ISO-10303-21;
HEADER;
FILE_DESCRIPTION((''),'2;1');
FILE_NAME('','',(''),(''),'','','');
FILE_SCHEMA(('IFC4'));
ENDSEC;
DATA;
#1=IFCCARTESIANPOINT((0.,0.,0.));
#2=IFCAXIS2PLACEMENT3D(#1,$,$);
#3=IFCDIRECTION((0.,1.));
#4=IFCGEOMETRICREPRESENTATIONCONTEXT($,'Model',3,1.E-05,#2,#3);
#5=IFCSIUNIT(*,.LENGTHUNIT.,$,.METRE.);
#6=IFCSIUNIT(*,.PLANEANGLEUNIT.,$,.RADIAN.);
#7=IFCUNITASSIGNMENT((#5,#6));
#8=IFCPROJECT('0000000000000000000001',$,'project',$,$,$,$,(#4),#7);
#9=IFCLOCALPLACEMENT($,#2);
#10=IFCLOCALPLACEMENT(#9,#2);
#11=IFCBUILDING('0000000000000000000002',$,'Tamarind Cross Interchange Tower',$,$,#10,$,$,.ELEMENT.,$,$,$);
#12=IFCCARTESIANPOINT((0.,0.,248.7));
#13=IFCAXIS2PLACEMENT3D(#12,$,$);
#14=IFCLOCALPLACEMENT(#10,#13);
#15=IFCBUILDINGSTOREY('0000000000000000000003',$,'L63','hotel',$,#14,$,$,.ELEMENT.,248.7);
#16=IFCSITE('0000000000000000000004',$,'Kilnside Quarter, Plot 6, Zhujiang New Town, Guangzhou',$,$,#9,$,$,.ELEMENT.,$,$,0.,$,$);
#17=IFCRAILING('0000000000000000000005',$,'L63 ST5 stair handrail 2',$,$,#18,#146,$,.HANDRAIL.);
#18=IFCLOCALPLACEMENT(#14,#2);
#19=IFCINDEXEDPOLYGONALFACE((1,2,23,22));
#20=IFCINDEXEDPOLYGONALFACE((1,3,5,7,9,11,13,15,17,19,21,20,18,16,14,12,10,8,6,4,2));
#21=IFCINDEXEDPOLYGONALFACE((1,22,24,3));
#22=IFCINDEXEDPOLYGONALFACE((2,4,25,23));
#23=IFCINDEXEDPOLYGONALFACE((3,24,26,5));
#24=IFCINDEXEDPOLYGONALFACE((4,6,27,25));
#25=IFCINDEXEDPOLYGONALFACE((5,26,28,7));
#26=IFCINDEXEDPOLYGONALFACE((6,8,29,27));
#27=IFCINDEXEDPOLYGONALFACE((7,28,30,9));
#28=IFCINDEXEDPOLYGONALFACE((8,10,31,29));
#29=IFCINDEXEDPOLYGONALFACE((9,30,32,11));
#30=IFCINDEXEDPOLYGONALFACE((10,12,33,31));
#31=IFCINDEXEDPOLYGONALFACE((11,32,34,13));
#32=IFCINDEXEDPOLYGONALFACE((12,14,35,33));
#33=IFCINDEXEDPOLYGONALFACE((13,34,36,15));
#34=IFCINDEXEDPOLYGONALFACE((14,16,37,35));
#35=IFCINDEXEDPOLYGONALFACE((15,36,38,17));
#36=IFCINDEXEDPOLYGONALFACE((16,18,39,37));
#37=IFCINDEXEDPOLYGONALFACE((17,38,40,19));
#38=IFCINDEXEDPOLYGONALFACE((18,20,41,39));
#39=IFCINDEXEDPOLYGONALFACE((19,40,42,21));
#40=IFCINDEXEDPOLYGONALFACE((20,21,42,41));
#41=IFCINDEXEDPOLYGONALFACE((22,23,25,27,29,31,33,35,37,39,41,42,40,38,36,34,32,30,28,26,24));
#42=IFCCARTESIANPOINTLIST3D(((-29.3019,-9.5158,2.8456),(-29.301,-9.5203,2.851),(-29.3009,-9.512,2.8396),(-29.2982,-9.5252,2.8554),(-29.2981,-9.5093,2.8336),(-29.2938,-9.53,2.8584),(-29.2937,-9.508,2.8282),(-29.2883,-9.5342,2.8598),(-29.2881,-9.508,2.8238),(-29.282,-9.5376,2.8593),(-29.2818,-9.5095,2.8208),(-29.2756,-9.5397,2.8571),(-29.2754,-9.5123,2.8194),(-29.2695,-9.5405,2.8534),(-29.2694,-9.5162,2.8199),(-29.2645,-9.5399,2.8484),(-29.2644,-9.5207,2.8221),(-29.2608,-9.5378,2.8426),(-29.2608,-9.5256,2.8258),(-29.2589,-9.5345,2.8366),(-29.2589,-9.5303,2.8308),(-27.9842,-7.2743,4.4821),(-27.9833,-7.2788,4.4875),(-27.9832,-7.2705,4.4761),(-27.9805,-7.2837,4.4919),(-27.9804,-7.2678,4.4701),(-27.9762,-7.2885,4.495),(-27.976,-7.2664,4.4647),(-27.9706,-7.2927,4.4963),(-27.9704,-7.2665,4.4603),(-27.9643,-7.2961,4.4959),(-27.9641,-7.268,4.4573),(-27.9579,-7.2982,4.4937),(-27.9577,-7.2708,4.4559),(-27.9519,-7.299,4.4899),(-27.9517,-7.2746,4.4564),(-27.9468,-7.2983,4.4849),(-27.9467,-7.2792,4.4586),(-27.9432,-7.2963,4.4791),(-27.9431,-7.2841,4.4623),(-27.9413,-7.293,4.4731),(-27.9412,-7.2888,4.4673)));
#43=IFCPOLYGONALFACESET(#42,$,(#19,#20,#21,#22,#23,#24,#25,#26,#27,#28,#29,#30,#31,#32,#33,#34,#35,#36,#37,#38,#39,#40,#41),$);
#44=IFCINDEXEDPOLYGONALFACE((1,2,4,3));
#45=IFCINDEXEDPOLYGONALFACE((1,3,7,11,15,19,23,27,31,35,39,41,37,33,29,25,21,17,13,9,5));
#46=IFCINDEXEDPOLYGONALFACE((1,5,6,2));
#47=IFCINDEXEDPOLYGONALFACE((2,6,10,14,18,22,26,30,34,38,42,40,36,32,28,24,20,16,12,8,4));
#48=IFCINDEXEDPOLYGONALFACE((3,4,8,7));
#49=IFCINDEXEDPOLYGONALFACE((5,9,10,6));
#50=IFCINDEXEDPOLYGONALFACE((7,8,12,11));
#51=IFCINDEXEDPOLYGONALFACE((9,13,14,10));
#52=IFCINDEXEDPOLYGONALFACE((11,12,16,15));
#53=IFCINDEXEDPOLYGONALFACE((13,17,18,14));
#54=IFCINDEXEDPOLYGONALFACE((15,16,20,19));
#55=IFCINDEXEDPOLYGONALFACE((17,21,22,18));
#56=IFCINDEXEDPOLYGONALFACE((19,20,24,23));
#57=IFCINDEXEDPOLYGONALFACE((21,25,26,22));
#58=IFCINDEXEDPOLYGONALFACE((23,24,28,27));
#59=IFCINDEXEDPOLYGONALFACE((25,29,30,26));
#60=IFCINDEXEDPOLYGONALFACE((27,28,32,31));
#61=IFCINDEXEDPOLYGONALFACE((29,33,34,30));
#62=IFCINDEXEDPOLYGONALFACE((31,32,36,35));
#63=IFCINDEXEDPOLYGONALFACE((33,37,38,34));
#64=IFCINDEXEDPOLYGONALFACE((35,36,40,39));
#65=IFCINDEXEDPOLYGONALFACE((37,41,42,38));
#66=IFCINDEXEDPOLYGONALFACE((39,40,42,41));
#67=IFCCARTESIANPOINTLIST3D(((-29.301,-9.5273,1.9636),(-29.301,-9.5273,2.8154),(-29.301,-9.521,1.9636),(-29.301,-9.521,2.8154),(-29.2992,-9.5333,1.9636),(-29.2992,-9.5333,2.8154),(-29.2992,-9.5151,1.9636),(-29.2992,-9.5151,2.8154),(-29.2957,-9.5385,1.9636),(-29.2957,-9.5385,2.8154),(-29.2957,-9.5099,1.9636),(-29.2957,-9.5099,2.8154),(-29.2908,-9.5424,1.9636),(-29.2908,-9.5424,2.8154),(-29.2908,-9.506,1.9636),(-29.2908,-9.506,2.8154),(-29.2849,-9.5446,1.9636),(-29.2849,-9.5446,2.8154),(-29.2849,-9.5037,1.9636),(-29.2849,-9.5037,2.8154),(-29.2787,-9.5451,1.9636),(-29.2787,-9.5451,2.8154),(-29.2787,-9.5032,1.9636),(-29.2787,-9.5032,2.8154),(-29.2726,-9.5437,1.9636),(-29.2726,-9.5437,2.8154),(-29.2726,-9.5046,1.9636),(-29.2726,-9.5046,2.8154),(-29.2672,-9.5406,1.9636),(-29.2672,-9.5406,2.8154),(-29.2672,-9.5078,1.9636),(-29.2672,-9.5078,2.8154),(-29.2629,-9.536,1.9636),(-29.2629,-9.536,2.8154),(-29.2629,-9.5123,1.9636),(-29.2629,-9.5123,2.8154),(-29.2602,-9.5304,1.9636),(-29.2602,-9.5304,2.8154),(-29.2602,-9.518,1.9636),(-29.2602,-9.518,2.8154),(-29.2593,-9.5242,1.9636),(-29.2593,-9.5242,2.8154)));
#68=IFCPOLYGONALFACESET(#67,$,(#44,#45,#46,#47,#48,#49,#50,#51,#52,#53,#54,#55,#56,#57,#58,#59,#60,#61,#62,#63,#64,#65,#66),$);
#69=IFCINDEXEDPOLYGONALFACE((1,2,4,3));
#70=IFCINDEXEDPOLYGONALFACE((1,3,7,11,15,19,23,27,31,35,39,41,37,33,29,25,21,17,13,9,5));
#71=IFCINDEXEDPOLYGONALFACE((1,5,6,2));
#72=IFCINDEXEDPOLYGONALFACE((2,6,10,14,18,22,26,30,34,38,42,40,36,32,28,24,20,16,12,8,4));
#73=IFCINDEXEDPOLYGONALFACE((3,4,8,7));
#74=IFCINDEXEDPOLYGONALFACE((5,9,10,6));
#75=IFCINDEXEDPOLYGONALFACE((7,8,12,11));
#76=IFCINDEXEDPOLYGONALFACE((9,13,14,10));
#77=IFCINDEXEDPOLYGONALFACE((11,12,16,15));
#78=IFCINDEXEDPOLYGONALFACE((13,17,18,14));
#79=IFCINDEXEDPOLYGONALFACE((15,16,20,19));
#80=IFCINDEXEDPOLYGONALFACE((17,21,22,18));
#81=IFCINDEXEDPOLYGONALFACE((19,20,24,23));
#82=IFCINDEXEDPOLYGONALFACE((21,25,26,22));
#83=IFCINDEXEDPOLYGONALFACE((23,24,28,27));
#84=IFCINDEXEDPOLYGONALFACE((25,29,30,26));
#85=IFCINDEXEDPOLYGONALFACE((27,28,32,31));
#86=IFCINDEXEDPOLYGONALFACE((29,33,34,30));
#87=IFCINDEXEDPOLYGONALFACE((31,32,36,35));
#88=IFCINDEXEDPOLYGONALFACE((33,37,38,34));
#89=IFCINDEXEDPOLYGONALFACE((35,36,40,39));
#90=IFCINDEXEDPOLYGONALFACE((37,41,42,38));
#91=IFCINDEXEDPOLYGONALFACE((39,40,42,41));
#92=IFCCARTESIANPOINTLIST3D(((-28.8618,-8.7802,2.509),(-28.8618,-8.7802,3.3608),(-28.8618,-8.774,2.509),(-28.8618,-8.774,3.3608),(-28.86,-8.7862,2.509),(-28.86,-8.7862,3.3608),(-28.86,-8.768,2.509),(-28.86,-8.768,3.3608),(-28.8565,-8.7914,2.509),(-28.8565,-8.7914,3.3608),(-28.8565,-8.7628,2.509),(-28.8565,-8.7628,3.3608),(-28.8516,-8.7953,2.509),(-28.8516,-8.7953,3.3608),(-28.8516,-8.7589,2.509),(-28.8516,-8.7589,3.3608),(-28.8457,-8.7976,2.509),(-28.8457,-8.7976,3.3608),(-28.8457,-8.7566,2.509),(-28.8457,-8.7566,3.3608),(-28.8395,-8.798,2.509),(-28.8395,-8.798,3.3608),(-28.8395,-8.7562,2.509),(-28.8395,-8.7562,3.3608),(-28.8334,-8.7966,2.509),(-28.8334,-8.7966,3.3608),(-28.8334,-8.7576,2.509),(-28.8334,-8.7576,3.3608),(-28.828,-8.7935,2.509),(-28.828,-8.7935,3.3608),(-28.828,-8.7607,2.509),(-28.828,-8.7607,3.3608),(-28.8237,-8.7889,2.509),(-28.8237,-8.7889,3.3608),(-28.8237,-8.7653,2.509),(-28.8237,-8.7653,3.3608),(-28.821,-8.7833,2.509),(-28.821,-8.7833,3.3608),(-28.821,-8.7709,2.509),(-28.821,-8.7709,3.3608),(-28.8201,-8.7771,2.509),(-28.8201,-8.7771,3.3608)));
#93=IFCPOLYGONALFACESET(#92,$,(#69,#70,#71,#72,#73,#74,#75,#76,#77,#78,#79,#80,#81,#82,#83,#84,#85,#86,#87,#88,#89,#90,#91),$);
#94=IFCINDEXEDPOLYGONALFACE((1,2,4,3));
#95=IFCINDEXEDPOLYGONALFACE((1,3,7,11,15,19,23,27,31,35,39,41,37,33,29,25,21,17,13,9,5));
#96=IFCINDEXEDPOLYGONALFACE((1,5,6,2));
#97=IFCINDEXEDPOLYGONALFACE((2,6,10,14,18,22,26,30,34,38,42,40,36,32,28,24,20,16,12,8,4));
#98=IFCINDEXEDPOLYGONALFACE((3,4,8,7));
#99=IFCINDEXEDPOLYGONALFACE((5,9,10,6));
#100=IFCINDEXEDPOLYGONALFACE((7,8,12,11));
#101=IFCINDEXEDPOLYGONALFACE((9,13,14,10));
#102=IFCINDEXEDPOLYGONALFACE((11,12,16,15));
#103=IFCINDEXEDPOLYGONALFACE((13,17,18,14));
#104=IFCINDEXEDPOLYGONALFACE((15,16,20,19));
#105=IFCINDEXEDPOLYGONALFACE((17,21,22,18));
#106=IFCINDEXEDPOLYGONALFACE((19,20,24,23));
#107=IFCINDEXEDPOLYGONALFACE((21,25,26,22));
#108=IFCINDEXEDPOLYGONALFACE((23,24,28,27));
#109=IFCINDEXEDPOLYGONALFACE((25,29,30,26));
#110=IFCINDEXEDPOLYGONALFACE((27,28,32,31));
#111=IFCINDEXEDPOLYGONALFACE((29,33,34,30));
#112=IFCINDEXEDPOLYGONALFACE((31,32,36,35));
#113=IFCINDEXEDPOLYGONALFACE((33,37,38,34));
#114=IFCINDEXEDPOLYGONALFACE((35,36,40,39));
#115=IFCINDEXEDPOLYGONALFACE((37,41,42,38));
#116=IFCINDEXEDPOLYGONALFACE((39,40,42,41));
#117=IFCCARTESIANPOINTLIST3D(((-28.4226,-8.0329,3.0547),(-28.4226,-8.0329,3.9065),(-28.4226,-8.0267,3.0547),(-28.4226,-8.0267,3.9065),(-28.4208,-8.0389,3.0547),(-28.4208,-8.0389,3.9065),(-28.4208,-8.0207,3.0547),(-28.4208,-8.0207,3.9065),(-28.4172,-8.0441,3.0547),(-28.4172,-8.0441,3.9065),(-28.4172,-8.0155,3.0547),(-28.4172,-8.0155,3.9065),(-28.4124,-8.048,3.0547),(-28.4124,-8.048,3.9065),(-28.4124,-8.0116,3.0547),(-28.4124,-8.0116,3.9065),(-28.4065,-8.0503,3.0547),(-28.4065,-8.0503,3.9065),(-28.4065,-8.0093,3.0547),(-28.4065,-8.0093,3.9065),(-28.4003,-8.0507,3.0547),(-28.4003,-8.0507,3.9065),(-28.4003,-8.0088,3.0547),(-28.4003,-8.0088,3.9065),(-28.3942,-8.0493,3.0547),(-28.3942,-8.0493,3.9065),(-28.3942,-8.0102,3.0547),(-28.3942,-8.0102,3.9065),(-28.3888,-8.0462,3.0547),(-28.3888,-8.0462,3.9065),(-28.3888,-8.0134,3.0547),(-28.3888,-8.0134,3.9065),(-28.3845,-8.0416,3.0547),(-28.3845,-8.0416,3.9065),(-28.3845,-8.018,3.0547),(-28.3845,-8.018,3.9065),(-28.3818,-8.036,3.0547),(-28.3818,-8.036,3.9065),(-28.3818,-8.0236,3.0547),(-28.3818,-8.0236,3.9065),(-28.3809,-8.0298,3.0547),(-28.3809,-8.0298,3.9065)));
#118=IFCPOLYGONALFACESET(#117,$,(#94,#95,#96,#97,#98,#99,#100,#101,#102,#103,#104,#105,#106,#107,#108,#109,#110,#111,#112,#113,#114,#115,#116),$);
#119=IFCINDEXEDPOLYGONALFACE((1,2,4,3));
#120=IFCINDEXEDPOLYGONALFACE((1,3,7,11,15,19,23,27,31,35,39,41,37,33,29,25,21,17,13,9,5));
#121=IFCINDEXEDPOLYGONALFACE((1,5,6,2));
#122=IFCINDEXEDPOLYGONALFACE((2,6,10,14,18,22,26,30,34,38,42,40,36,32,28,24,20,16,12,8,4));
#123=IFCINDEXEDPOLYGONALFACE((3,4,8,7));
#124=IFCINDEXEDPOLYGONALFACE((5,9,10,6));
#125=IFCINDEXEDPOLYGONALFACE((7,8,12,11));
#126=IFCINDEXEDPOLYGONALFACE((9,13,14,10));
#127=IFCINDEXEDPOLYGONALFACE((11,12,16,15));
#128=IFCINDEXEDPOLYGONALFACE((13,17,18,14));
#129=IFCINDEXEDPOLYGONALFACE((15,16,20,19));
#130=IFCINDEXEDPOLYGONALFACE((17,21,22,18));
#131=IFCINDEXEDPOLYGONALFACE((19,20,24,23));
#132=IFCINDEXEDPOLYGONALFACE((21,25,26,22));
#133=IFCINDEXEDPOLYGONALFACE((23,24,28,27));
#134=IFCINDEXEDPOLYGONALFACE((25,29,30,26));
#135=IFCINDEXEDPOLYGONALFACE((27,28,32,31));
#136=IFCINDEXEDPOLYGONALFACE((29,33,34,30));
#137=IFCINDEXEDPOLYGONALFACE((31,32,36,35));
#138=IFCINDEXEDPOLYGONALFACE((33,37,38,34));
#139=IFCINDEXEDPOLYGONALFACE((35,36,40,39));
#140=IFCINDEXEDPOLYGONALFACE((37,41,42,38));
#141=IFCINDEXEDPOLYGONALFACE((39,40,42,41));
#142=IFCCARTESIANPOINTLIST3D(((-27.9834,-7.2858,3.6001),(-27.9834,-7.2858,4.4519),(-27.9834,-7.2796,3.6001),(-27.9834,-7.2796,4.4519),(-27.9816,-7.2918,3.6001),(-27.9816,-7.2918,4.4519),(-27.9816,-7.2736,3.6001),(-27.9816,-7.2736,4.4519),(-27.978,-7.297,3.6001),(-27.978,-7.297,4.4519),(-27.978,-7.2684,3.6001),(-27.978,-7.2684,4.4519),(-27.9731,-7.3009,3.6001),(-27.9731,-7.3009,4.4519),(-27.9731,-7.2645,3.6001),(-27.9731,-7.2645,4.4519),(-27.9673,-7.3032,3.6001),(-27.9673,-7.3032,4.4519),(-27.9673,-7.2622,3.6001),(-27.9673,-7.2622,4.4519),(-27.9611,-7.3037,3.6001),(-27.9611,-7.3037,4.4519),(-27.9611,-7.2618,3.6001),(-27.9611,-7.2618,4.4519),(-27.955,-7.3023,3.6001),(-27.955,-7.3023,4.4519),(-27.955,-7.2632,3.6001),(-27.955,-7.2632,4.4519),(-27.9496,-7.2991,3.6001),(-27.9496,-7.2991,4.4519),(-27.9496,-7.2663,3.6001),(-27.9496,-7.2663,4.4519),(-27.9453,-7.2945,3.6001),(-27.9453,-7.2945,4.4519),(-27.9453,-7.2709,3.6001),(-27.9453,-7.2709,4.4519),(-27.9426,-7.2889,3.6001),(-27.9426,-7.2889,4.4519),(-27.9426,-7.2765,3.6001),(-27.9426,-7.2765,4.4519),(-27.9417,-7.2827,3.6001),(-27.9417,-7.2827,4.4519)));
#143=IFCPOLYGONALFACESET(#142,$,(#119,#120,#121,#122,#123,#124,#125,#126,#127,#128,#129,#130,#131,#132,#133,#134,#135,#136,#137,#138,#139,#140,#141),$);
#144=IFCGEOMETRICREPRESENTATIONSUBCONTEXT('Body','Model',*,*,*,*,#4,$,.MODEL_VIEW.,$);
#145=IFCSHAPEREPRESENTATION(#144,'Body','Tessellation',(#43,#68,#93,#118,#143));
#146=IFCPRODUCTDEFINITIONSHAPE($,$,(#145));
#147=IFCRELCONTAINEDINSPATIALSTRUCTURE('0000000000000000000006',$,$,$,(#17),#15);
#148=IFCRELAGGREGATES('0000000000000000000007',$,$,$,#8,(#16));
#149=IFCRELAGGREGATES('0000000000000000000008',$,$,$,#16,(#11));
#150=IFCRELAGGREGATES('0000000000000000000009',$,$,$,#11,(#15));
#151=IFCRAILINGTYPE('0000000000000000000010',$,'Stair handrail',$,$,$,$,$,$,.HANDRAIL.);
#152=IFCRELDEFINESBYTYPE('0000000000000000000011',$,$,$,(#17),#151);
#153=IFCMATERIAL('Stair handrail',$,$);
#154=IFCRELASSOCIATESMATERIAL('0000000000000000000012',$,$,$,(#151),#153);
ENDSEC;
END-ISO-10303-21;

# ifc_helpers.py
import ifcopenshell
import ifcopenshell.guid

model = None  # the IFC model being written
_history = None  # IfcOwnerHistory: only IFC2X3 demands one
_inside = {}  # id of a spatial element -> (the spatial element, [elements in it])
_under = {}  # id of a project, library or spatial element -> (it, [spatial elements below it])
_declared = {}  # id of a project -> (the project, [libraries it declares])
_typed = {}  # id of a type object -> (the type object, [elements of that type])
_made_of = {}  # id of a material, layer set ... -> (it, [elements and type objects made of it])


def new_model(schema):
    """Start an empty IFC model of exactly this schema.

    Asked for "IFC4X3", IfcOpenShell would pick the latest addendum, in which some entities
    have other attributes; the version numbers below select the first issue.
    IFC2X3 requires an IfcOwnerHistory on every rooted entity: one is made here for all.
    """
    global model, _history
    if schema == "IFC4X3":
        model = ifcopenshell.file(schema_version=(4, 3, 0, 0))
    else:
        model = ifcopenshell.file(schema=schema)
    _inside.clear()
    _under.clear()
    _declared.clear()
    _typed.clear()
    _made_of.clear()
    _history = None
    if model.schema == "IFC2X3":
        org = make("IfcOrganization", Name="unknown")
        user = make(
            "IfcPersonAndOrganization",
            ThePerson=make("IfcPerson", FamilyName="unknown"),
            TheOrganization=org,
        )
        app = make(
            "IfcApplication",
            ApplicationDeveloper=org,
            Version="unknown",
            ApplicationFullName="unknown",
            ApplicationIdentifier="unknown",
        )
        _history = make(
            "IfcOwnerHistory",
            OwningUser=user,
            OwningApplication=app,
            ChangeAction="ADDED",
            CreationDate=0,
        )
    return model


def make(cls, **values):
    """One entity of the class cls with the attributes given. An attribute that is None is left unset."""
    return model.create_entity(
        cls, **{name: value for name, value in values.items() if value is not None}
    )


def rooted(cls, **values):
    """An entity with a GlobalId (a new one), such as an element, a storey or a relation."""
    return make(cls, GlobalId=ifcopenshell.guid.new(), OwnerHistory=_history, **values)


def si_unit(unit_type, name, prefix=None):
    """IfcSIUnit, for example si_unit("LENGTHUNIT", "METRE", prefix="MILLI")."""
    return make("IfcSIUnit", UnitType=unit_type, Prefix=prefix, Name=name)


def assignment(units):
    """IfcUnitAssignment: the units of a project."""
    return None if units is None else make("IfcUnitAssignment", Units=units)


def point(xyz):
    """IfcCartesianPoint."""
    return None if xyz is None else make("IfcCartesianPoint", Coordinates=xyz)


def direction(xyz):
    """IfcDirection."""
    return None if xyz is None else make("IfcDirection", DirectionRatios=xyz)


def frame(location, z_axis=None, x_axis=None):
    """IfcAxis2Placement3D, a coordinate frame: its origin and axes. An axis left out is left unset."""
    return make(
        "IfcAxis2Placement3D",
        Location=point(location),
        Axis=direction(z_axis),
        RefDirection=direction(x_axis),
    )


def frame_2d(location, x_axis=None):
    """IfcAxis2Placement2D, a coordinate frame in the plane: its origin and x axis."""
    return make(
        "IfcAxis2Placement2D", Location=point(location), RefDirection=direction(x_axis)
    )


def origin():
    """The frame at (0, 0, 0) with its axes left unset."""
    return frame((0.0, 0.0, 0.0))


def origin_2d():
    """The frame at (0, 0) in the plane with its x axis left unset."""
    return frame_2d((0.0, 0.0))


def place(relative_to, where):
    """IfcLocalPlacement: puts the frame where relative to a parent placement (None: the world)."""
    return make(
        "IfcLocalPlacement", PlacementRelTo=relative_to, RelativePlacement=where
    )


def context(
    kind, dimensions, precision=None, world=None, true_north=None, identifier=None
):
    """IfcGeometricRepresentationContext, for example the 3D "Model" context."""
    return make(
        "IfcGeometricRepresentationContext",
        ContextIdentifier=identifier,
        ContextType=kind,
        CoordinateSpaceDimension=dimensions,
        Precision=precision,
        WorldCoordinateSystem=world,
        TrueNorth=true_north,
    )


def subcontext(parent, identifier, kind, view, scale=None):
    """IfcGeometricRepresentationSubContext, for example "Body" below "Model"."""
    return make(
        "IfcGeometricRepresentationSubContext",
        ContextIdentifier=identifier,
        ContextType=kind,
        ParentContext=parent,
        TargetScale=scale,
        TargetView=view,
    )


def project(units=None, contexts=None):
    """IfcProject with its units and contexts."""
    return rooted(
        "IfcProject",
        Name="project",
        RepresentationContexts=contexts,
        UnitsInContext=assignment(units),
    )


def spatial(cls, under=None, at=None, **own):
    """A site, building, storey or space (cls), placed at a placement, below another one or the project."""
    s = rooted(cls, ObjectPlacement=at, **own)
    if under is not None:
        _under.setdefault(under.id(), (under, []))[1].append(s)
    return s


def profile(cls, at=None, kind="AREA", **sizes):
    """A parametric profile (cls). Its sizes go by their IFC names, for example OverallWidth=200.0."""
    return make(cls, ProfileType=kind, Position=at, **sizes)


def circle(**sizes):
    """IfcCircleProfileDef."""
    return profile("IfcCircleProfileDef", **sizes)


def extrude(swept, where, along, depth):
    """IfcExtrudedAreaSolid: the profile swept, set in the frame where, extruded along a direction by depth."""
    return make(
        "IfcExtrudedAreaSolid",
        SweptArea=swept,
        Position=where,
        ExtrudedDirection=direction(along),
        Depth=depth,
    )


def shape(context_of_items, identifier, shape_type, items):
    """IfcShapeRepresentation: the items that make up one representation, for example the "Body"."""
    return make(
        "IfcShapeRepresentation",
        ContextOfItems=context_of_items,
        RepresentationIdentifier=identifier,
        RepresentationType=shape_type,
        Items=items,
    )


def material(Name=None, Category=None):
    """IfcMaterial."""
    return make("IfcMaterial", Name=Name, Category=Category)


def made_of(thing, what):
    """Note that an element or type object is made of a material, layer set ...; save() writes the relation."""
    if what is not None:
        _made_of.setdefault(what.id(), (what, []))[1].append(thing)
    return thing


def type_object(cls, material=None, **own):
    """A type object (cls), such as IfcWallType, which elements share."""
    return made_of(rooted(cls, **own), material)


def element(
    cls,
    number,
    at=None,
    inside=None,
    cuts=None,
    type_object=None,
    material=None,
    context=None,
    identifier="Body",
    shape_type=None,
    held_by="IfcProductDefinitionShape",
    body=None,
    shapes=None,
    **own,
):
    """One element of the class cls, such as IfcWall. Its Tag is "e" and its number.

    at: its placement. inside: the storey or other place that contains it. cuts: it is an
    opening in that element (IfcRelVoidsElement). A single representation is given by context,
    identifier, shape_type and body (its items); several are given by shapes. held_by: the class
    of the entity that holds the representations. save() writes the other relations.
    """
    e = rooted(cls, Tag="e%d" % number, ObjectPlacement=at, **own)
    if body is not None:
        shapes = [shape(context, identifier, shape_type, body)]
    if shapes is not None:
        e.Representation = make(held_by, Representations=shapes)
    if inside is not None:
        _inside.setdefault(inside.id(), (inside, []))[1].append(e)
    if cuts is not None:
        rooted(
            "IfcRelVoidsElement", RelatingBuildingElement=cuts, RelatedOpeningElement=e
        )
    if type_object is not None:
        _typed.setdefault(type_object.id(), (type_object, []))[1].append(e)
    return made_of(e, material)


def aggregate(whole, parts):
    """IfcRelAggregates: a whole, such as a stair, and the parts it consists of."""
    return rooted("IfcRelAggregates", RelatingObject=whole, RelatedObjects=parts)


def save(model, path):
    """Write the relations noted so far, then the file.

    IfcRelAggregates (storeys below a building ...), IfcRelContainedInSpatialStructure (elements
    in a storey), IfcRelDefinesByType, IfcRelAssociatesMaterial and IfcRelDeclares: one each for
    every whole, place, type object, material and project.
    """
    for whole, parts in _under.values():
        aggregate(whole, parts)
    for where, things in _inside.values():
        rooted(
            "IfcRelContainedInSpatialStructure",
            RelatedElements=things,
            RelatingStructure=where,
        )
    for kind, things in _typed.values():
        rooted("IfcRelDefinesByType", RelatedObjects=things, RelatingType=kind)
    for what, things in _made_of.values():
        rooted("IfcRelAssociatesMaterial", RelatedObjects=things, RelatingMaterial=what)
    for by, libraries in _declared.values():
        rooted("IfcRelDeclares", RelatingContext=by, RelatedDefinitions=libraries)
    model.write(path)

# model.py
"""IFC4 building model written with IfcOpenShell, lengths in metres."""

from ifc_helpers import new_model, si_unit, direction, frame, origin, origin_2d, place, context, subcontext, project, spatial, circle, extrude, material, type_object, element, save


model = new_model("IFC4")

# Units and contexts
model_context = context("Model", 3, precision=1e-05, world=origin(), true_north=direction((0.0, 1.0)))
body_context = subcontext(model_context, "Body", "Model", "MODEL_VIEW")
ifc_project = project(units=[si_unit("LENGTHUNIT", "METRE"), si_unit("PLANEANGLEUNIT", "RADIAN")], contexts=[model_context])

# Site, building, storey
site_placement = place(None, origin())
site = spatial("IfcSite", under=ifc_project, at=site_placement, Name="Kilnside Quarter, Plot 6, Zhujiang New Town, Guangzhou", CompositionType="ELEMENT", RefElevation=0.0)
building_placement = place(site_placement, origin())
building = spatial("IfcBuilding", under=site, at=building_placement, Name="Tamarind Cross Interchange Tower", CompositionType="ELEMENT")
storey_placement = place(building_placement, frame((0.0, 0.0, 248.7)))
storey = spatial("IfcBuildingStorey", under=building, at=storey_placement, Name="L63", Description="hotel", CompositionType="ELEMENT", Elevation=248.7)

# Railing
ifc_material_1 = material(Name="Stair handrail")
railing_type_1 = type_object("IfcRailingType", Name="Stair handrail", PredefinedType="HANDRAIL", material=ifc_material_1)
railing_1_placement = place(storey_placement, frame((-29.2803, -9.5242, 1.9636)))
element("IfcRailing", 1, at=railing_1_placement, inside=storey, type_object=railing_type_1, Name="L63 ST5 stair handrail 2", PredefinedType="HANDRAIL", context=body_context, shape_type="SweptSolid", body=[
    extrude(circle(Radius=0.0239, at=origin_2d()), frame((0.0, 0.0, 0.876), z_axis=(0.428889, 0.729597, 0.532675), x_axis=(-0.862081, 0.50677, 0.0)), (0.0, 0.0, 1.0), 3.0723),
    extrude(circle(Radius=0.021, at=origin_2d()), origin(), (0.0, 0.0, 1.0), 0.8518),
    extrude(circle(Radius=0.021, at=origin_2d()), frame((0.4392, 0.7471, 0.5454)), (0.0, 0.0, 1.0), 0.8518),
    extrude(circle(Radius=0.021, at=origin_2d()), frame((0.8784, 1.4944, 1.0911)), (0.0, 0.0, 1.0), 0.8518),
    extrude(circle(Radius=0.021, at=origin_2d()), frame((1.3176, 2.2415, 1.6365)), (0.0, 0.0, 1.0), 0.8518),
])

save(model, "model.ifc")
